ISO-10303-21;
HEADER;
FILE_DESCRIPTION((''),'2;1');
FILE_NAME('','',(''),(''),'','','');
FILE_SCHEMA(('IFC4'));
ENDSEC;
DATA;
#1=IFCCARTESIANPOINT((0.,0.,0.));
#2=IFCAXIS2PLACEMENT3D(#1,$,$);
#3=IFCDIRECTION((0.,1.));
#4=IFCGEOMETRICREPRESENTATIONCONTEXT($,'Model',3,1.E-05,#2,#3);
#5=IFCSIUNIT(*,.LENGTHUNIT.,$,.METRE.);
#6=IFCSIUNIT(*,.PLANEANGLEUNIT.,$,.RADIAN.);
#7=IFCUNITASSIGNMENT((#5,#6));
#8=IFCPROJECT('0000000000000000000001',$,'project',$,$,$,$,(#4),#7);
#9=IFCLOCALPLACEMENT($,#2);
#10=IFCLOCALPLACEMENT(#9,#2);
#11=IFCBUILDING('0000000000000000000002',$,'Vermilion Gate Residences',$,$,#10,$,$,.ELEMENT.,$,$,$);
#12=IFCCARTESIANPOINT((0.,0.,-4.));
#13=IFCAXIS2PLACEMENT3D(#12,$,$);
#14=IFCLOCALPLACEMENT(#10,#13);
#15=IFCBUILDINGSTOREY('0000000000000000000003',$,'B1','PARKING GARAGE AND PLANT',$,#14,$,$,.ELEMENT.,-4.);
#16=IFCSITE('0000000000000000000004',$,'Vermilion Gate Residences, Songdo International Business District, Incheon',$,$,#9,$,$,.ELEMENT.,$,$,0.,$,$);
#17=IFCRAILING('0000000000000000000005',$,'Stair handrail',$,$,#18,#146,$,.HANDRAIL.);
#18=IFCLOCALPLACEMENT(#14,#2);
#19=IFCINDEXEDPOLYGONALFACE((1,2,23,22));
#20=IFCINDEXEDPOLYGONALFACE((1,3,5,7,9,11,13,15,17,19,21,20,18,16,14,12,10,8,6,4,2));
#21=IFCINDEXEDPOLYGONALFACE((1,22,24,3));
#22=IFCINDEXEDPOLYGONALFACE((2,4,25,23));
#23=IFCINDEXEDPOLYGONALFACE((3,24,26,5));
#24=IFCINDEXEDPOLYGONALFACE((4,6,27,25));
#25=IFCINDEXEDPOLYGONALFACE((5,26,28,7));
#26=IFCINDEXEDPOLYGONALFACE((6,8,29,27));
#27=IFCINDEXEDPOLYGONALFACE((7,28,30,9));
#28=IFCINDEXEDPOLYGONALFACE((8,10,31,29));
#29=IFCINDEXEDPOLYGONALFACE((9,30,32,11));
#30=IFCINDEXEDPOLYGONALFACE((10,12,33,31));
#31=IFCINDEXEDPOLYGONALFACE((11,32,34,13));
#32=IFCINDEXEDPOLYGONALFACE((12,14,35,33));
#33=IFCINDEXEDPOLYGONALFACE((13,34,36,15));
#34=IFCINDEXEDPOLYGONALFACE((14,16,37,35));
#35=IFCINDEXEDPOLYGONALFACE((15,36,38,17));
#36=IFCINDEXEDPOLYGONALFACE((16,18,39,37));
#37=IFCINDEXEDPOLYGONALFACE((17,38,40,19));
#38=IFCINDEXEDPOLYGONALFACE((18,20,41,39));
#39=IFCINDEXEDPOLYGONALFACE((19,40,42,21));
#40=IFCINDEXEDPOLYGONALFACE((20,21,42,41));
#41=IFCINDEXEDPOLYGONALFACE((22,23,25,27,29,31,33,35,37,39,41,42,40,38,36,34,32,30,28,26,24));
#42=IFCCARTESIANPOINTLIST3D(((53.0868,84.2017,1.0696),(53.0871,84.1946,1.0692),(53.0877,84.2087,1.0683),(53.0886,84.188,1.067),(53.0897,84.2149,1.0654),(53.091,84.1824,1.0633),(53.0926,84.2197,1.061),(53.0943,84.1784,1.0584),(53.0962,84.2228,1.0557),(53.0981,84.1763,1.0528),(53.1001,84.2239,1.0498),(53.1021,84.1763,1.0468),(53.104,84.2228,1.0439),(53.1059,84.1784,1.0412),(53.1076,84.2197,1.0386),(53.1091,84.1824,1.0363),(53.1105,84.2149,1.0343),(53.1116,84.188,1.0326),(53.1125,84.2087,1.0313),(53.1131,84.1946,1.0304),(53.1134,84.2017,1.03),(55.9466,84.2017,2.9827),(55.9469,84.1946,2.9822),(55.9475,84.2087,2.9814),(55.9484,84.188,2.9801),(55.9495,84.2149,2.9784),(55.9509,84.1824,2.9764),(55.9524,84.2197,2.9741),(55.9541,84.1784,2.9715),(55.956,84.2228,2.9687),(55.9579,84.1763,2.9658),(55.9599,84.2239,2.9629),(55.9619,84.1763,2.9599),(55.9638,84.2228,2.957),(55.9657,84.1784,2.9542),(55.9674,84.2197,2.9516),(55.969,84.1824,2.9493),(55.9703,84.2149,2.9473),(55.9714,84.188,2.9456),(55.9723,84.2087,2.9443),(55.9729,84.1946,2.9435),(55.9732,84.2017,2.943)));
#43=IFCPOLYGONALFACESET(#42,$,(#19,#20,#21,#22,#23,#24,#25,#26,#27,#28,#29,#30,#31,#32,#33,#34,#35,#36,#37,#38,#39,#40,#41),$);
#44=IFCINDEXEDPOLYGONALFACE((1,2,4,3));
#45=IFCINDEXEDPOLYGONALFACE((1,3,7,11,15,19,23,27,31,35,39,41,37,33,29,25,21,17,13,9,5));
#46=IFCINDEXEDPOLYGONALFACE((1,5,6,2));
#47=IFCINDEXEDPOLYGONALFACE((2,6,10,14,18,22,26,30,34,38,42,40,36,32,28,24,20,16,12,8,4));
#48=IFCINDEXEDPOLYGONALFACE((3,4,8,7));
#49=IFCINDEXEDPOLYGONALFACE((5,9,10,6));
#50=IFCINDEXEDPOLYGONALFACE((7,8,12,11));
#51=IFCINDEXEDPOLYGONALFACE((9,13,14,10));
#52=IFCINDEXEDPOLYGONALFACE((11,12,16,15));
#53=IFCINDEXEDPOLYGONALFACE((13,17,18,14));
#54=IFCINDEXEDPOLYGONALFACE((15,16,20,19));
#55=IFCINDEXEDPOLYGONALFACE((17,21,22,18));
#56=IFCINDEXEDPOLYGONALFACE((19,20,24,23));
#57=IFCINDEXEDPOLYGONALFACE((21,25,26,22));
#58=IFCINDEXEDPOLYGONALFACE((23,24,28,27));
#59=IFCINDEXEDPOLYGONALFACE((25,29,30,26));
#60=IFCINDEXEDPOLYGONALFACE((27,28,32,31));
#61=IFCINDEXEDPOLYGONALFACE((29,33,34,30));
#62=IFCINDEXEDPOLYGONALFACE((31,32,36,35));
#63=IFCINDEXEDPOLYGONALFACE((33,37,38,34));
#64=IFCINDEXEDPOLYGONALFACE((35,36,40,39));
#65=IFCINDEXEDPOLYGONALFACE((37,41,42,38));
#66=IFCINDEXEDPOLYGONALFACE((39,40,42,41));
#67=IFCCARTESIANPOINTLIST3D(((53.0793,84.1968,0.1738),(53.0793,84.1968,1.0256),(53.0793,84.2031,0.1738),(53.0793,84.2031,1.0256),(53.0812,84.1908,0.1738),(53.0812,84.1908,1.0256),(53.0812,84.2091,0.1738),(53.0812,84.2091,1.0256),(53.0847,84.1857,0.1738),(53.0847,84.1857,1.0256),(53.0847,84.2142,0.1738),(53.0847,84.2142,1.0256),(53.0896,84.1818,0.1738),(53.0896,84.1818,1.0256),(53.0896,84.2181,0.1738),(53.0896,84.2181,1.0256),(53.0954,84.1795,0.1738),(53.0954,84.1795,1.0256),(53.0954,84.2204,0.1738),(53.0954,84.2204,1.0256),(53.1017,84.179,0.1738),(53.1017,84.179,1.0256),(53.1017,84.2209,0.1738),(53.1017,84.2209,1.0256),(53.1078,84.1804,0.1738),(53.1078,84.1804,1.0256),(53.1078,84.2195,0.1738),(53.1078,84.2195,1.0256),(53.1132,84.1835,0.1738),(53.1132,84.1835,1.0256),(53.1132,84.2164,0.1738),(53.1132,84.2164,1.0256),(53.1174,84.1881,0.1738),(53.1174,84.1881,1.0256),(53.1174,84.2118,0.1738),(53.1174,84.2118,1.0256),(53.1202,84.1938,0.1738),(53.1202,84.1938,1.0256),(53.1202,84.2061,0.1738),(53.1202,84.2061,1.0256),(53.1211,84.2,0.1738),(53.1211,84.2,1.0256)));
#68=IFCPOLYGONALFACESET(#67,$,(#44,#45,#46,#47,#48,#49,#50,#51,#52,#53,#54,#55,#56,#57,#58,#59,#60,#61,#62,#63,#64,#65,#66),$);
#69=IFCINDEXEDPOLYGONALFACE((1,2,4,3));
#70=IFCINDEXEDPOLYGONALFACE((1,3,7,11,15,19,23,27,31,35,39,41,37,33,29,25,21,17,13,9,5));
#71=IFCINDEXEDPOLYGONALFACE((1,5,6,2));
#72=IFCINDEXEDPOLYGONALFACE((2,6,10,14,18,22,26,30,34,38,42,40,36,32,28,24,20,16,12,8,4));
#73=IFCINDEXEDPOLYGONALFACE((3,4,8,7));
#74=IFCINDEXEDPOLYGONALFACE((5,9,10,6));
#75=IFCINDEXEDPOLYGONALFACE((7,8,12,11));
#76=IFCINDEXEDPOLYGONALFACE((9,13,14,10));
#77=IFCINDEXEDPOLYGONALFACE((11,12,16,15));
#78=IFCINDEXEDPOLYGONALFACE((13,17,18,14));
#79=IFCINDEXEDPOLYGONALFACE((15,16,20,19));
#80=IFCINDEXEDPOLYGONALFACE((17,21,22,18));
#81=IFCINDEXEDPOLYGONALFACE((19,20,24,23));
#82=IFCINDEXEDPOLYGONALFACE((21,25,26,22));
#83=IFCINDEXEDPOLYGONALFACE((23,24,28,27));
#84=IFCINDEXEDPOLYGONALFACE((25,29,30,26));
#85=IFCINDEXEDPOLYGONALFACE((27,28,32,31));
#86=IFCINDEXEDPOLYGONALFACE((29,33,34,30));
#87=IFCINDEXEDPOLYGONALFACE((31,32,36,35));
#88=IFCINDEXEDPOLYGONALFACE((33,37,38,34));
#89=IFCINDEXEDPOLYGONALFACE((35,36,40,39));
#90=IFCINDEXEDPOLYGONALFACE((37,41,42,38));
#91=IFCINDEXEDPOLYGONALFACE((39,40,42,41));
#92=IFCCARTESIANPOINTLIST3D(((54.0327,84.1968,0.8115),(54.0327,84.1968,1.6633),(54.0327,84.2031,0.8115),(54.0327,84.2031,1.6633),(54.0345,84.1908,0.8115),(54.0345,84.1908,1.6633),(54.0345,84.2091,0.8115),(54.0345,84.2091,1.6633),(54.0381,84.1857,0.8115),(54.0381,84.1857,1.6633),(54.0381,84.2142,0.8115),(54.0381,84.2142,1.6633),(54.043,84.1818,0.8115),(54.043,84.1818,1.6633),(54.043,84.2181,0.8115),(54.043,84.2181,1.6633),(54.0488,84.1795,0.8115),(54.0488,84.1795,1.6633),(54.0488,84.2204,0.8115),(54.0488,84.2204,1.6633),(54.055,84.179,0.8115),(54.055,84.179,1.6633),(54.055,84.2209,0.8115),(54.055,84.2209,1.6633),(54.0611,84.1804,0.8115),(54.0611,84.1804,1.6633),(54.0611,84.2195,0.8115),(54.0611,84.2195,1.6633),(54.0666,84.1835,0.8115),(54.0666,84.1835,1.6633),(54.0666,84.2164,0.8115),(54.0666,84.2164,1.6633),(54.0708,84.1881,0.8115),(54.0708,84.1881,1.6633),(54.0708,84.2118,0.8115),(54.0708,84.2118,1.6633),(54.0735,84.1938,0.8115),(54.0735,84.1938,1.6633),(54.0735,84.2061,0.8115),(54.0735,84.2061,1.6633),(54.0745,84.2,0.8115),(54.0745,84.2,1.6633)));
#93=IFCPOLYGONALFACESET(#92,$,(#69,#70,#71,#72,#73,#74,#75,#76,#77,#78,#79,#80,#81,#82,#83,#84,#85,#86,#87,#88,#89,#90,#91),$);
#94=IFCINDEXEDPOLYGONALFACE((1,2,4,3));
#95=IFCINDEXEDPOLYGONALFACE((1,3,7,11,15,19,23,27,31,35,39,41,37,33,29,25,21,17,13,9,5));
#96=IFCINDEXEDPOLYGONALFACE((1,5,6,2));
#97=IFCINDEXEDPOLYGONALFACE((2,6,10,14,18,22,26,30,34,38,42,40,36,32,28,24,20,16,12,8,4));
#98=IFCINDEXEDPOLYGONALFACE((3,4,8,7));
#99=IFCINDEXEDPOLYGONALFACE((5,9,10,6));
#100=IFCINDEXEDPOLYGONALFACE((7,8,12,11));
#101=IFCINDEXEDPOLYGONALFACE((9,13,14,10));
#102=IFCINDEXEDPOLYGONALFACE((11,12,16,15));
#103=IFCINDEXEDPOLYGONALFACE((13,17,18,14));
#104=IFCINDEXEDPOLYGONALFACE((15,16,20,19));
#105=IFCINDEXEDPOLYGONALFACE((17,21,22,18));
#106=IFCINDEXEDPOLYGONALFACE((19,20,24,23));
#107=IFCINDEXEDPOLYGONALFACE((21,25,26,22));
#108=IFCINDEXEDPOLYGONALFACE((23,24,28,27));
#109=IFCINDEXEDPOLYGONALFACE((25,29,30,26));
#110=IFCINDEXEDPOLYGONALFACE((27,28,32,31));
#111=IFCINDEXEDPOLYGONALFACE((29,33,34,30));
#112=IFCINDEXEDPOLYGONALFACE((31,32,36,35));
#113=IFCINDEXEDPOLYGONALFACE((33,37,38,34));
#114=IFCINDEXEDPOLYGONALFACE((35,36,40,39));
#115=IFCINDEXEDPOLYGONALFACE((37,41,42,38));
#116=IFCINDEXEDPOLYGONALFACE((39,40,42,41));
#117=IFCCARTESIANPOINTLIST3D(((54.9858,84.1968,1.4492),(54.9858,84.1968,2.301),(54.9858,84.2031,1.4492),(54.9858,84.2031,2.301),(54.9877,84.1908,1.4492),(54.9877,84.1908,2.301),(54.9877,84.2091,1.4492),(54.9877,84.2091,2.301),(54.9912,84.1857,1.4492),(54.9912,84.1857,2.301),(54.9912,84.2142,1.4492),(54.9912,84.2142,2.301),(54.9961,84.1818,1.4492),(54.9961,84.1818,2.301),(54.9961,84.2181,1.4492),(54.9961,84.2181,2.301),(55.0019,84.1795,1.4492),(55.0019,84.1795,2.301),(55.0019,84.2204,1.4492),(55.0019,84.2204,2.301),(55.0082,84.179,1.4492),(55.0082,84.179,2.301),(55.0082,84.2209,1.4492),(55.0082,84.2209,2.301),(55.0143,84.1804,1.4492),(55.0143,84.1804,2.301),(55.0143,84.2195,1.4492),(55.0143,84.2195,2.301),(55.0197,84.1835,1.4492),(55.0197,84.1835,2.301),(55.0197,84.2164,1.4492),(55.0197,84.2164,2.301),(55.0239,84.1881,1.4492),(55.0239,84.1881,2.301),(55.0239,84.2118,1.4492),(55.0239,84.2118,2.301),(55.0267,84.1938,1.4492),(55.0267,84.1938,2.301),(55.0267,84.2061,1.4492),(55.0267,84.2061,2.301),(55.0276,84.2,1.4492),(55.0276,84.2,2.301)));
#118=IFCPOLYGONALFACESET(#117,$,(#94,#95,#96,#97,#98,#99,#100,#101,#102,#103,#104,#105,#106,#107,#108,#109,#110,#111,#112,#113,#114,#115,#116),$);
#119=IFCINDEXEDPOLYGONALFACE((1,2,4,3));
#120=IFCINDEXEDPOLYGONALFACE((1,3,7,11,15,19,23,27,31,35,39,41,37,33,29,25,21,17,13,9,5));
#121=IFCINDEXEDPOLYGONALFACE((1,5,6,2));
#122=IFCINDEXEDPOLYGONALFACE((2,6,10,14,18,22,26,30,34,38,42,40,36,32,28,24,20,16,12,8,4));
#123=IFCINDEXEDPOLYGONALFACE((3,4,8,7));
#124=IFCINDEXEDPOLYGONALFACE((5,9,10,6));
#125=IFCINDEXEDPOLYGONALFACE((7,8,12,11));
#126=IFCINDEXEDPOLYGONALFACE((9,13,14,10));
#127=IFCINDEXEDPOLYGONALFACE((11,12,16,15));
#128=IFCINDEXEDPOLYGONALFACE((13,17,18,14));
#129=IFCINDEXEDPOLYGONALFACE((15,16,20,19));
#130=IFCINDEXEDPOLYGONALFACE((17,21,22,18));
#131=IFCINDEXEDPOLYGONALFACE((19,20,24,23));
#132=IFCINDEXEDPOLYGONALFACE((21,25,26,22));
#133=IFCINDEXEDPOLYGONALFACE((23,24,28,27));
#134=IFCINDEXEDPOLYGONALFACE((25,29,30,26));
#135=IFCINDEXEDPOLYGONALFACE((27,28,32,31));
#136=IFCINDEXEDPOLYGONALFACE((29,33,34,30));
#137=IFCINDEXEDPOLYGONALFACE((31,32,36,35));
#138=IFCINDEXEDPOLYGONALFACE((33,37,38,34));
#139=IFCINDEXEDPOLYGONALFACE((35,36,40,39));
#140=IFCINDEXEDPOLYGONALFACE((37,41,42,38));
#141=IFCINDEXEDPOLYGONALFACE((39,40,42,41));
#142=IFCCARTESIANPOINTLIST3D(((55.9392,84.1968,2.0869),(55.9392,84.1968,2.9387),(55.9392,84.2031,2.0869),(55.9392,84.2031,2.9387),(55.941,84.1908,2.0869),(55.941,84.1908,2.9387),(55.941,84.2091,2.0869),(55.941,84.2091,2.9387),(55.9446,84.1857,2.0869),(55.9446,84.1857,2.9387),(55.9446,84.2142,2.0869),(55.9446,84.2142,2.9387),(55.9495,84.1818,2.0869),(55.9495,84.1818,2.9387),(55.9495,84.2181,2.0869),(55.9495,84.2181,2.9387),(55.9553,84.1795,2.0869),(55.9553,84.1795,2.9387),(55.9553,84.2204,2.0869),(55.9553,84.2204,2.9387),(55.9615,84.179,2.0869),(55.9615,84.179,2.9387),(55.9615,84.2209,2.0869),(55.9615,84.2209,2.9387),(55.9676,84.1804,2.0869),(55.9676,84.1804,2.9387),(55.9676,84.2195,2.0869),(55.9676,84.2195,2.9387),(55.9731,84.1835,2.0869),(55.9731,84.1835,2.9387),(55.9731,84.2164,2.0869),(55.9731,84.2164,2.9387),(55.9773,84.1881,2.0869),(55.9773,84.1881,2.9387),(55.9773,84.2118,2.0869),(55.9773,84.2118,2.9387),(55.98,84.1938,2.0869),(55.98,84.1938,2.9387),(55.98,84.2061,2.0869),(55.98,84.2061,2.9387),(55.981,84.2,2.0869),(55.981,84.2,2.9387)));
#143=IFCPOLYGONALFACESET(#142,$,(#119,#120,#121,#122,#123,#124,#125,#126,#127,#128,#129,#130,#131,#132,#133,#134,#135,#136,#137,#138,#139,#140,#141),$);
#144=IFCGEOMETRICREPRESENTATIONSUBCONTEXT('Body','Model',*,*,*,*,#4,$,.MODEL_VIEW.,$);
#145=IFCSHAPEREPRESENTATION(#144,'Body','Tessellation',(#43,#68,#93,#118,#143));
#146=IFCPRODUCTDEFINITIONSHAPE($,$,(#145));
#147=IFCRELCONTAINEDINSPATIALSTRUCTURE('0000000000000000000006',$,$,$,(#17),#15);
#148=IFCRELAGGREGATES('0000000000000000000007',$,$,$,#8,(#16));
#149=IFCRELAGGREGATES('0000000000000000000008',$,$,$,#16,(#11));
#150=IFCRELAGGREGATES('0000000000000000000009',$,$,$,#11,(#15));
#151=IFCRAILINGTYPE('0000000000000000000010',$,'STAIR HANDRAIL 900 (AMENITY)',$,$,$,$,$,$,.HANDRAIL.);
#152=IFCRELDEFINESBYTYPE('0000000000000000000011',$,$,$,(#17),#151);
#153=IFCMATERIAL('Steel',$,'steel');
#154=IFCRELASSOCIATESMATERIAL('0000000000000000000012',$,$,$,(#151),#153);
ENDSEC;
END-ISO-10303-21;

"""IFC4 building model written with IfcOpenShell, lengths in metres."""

from ifc_helpers import new_model, si_unit, direction, frame, origin, origin_2d, place, context, subcontext, project, spatial, circle, extrude, material, type_object, element, save


model = new_model("IFC4")

# Units and contexts
model_context = context("Model", 3, precision=1e-05, world=origin(), true_north=direction((0.0, 1.0)))
body_context = subcontext(model_context, "Body", "Model", "MODEL_VIEW")
ifc_project = project(units=[si_unit("LENGTHUNIT", "METRE"), si_unit("PLANEANGLEUNIT", "RADIAN")], contexts=[model_context])

# Site, building, storey
site_placement = place(None, origin())
site = spatial("IfcSite", under=ifc_project, at=site_placement, Name="Vermilion Gate Residences, Songdo International Business District, Incheon", CompositionType="ELEMENT", RefElevation=0.0)
building_placement = place(site_placement, origin())
building = spatial("IfcBuilding", under=site, at=building_placement, Name="Vermilion Gate Residences", CompositionType="ELEMENT")
storey_placement = place(building_placement, frame((0.0, 0.0, -4.0)))
storey = spatial("IfcBuildingStorey", under=building, at=storey_placement, Name="B1", Description="PARKING GARAGE AND PLANT", CompositionType="ELEMENT", Elevation=-4.0)

# Railing
ifc_material_1 = material(Name="Steel", Category="steel")
railing_type = type_object("IfcRailingType", Name="STAIR HANDRAIL 900 (AMENITY)", PredefinedType="HANDRAIL", material=ifc_material_1)
railing_1_placement = place(storey_placement, frame((53.1001, 84.2, 0.1738)))
element("IfcRailing", 1, at=railing_1_placement, inside=storey, type_object=railing_type, Name="Stair handrail", PredefinedType="HANDRAIL", context=body_context, shape_type="SweptSolid", body=[
    extrude(circle(Radius=0.0239, at=origin_2d()), frame((0.0, 0.0, 0.876), z_axis=(0.831176, 0.0, 0.556009), x_axis=(0.0, 1.0, 0.0)), (0.0, 0.0, 1.0), 3.4407),
    extrude(circle(Radius=0.021, at=origin_2d()), origin(), (0.0, 0.0, 1.0), 0.8518),
    extrude(circle(Radius=0.021, at=origin_2d()), frame((0.9534, 0.0, 0.6377)), (0.0, 0.0, 1.0), 0.8518),
    extrude(circle(Radius=0.021, at=origin_2d()), frame((1.9065, 0.0, 1.2754)), (0.0, 0.0, 1.0), 0.8518),
    extrude(circle(Radius=0.021, at=origin_2d()), frame((2.8599, 0.0, 1.9131)), (0.0, 0.0, 1.0), 0.8518),
])

save(model, "model.ifc")
